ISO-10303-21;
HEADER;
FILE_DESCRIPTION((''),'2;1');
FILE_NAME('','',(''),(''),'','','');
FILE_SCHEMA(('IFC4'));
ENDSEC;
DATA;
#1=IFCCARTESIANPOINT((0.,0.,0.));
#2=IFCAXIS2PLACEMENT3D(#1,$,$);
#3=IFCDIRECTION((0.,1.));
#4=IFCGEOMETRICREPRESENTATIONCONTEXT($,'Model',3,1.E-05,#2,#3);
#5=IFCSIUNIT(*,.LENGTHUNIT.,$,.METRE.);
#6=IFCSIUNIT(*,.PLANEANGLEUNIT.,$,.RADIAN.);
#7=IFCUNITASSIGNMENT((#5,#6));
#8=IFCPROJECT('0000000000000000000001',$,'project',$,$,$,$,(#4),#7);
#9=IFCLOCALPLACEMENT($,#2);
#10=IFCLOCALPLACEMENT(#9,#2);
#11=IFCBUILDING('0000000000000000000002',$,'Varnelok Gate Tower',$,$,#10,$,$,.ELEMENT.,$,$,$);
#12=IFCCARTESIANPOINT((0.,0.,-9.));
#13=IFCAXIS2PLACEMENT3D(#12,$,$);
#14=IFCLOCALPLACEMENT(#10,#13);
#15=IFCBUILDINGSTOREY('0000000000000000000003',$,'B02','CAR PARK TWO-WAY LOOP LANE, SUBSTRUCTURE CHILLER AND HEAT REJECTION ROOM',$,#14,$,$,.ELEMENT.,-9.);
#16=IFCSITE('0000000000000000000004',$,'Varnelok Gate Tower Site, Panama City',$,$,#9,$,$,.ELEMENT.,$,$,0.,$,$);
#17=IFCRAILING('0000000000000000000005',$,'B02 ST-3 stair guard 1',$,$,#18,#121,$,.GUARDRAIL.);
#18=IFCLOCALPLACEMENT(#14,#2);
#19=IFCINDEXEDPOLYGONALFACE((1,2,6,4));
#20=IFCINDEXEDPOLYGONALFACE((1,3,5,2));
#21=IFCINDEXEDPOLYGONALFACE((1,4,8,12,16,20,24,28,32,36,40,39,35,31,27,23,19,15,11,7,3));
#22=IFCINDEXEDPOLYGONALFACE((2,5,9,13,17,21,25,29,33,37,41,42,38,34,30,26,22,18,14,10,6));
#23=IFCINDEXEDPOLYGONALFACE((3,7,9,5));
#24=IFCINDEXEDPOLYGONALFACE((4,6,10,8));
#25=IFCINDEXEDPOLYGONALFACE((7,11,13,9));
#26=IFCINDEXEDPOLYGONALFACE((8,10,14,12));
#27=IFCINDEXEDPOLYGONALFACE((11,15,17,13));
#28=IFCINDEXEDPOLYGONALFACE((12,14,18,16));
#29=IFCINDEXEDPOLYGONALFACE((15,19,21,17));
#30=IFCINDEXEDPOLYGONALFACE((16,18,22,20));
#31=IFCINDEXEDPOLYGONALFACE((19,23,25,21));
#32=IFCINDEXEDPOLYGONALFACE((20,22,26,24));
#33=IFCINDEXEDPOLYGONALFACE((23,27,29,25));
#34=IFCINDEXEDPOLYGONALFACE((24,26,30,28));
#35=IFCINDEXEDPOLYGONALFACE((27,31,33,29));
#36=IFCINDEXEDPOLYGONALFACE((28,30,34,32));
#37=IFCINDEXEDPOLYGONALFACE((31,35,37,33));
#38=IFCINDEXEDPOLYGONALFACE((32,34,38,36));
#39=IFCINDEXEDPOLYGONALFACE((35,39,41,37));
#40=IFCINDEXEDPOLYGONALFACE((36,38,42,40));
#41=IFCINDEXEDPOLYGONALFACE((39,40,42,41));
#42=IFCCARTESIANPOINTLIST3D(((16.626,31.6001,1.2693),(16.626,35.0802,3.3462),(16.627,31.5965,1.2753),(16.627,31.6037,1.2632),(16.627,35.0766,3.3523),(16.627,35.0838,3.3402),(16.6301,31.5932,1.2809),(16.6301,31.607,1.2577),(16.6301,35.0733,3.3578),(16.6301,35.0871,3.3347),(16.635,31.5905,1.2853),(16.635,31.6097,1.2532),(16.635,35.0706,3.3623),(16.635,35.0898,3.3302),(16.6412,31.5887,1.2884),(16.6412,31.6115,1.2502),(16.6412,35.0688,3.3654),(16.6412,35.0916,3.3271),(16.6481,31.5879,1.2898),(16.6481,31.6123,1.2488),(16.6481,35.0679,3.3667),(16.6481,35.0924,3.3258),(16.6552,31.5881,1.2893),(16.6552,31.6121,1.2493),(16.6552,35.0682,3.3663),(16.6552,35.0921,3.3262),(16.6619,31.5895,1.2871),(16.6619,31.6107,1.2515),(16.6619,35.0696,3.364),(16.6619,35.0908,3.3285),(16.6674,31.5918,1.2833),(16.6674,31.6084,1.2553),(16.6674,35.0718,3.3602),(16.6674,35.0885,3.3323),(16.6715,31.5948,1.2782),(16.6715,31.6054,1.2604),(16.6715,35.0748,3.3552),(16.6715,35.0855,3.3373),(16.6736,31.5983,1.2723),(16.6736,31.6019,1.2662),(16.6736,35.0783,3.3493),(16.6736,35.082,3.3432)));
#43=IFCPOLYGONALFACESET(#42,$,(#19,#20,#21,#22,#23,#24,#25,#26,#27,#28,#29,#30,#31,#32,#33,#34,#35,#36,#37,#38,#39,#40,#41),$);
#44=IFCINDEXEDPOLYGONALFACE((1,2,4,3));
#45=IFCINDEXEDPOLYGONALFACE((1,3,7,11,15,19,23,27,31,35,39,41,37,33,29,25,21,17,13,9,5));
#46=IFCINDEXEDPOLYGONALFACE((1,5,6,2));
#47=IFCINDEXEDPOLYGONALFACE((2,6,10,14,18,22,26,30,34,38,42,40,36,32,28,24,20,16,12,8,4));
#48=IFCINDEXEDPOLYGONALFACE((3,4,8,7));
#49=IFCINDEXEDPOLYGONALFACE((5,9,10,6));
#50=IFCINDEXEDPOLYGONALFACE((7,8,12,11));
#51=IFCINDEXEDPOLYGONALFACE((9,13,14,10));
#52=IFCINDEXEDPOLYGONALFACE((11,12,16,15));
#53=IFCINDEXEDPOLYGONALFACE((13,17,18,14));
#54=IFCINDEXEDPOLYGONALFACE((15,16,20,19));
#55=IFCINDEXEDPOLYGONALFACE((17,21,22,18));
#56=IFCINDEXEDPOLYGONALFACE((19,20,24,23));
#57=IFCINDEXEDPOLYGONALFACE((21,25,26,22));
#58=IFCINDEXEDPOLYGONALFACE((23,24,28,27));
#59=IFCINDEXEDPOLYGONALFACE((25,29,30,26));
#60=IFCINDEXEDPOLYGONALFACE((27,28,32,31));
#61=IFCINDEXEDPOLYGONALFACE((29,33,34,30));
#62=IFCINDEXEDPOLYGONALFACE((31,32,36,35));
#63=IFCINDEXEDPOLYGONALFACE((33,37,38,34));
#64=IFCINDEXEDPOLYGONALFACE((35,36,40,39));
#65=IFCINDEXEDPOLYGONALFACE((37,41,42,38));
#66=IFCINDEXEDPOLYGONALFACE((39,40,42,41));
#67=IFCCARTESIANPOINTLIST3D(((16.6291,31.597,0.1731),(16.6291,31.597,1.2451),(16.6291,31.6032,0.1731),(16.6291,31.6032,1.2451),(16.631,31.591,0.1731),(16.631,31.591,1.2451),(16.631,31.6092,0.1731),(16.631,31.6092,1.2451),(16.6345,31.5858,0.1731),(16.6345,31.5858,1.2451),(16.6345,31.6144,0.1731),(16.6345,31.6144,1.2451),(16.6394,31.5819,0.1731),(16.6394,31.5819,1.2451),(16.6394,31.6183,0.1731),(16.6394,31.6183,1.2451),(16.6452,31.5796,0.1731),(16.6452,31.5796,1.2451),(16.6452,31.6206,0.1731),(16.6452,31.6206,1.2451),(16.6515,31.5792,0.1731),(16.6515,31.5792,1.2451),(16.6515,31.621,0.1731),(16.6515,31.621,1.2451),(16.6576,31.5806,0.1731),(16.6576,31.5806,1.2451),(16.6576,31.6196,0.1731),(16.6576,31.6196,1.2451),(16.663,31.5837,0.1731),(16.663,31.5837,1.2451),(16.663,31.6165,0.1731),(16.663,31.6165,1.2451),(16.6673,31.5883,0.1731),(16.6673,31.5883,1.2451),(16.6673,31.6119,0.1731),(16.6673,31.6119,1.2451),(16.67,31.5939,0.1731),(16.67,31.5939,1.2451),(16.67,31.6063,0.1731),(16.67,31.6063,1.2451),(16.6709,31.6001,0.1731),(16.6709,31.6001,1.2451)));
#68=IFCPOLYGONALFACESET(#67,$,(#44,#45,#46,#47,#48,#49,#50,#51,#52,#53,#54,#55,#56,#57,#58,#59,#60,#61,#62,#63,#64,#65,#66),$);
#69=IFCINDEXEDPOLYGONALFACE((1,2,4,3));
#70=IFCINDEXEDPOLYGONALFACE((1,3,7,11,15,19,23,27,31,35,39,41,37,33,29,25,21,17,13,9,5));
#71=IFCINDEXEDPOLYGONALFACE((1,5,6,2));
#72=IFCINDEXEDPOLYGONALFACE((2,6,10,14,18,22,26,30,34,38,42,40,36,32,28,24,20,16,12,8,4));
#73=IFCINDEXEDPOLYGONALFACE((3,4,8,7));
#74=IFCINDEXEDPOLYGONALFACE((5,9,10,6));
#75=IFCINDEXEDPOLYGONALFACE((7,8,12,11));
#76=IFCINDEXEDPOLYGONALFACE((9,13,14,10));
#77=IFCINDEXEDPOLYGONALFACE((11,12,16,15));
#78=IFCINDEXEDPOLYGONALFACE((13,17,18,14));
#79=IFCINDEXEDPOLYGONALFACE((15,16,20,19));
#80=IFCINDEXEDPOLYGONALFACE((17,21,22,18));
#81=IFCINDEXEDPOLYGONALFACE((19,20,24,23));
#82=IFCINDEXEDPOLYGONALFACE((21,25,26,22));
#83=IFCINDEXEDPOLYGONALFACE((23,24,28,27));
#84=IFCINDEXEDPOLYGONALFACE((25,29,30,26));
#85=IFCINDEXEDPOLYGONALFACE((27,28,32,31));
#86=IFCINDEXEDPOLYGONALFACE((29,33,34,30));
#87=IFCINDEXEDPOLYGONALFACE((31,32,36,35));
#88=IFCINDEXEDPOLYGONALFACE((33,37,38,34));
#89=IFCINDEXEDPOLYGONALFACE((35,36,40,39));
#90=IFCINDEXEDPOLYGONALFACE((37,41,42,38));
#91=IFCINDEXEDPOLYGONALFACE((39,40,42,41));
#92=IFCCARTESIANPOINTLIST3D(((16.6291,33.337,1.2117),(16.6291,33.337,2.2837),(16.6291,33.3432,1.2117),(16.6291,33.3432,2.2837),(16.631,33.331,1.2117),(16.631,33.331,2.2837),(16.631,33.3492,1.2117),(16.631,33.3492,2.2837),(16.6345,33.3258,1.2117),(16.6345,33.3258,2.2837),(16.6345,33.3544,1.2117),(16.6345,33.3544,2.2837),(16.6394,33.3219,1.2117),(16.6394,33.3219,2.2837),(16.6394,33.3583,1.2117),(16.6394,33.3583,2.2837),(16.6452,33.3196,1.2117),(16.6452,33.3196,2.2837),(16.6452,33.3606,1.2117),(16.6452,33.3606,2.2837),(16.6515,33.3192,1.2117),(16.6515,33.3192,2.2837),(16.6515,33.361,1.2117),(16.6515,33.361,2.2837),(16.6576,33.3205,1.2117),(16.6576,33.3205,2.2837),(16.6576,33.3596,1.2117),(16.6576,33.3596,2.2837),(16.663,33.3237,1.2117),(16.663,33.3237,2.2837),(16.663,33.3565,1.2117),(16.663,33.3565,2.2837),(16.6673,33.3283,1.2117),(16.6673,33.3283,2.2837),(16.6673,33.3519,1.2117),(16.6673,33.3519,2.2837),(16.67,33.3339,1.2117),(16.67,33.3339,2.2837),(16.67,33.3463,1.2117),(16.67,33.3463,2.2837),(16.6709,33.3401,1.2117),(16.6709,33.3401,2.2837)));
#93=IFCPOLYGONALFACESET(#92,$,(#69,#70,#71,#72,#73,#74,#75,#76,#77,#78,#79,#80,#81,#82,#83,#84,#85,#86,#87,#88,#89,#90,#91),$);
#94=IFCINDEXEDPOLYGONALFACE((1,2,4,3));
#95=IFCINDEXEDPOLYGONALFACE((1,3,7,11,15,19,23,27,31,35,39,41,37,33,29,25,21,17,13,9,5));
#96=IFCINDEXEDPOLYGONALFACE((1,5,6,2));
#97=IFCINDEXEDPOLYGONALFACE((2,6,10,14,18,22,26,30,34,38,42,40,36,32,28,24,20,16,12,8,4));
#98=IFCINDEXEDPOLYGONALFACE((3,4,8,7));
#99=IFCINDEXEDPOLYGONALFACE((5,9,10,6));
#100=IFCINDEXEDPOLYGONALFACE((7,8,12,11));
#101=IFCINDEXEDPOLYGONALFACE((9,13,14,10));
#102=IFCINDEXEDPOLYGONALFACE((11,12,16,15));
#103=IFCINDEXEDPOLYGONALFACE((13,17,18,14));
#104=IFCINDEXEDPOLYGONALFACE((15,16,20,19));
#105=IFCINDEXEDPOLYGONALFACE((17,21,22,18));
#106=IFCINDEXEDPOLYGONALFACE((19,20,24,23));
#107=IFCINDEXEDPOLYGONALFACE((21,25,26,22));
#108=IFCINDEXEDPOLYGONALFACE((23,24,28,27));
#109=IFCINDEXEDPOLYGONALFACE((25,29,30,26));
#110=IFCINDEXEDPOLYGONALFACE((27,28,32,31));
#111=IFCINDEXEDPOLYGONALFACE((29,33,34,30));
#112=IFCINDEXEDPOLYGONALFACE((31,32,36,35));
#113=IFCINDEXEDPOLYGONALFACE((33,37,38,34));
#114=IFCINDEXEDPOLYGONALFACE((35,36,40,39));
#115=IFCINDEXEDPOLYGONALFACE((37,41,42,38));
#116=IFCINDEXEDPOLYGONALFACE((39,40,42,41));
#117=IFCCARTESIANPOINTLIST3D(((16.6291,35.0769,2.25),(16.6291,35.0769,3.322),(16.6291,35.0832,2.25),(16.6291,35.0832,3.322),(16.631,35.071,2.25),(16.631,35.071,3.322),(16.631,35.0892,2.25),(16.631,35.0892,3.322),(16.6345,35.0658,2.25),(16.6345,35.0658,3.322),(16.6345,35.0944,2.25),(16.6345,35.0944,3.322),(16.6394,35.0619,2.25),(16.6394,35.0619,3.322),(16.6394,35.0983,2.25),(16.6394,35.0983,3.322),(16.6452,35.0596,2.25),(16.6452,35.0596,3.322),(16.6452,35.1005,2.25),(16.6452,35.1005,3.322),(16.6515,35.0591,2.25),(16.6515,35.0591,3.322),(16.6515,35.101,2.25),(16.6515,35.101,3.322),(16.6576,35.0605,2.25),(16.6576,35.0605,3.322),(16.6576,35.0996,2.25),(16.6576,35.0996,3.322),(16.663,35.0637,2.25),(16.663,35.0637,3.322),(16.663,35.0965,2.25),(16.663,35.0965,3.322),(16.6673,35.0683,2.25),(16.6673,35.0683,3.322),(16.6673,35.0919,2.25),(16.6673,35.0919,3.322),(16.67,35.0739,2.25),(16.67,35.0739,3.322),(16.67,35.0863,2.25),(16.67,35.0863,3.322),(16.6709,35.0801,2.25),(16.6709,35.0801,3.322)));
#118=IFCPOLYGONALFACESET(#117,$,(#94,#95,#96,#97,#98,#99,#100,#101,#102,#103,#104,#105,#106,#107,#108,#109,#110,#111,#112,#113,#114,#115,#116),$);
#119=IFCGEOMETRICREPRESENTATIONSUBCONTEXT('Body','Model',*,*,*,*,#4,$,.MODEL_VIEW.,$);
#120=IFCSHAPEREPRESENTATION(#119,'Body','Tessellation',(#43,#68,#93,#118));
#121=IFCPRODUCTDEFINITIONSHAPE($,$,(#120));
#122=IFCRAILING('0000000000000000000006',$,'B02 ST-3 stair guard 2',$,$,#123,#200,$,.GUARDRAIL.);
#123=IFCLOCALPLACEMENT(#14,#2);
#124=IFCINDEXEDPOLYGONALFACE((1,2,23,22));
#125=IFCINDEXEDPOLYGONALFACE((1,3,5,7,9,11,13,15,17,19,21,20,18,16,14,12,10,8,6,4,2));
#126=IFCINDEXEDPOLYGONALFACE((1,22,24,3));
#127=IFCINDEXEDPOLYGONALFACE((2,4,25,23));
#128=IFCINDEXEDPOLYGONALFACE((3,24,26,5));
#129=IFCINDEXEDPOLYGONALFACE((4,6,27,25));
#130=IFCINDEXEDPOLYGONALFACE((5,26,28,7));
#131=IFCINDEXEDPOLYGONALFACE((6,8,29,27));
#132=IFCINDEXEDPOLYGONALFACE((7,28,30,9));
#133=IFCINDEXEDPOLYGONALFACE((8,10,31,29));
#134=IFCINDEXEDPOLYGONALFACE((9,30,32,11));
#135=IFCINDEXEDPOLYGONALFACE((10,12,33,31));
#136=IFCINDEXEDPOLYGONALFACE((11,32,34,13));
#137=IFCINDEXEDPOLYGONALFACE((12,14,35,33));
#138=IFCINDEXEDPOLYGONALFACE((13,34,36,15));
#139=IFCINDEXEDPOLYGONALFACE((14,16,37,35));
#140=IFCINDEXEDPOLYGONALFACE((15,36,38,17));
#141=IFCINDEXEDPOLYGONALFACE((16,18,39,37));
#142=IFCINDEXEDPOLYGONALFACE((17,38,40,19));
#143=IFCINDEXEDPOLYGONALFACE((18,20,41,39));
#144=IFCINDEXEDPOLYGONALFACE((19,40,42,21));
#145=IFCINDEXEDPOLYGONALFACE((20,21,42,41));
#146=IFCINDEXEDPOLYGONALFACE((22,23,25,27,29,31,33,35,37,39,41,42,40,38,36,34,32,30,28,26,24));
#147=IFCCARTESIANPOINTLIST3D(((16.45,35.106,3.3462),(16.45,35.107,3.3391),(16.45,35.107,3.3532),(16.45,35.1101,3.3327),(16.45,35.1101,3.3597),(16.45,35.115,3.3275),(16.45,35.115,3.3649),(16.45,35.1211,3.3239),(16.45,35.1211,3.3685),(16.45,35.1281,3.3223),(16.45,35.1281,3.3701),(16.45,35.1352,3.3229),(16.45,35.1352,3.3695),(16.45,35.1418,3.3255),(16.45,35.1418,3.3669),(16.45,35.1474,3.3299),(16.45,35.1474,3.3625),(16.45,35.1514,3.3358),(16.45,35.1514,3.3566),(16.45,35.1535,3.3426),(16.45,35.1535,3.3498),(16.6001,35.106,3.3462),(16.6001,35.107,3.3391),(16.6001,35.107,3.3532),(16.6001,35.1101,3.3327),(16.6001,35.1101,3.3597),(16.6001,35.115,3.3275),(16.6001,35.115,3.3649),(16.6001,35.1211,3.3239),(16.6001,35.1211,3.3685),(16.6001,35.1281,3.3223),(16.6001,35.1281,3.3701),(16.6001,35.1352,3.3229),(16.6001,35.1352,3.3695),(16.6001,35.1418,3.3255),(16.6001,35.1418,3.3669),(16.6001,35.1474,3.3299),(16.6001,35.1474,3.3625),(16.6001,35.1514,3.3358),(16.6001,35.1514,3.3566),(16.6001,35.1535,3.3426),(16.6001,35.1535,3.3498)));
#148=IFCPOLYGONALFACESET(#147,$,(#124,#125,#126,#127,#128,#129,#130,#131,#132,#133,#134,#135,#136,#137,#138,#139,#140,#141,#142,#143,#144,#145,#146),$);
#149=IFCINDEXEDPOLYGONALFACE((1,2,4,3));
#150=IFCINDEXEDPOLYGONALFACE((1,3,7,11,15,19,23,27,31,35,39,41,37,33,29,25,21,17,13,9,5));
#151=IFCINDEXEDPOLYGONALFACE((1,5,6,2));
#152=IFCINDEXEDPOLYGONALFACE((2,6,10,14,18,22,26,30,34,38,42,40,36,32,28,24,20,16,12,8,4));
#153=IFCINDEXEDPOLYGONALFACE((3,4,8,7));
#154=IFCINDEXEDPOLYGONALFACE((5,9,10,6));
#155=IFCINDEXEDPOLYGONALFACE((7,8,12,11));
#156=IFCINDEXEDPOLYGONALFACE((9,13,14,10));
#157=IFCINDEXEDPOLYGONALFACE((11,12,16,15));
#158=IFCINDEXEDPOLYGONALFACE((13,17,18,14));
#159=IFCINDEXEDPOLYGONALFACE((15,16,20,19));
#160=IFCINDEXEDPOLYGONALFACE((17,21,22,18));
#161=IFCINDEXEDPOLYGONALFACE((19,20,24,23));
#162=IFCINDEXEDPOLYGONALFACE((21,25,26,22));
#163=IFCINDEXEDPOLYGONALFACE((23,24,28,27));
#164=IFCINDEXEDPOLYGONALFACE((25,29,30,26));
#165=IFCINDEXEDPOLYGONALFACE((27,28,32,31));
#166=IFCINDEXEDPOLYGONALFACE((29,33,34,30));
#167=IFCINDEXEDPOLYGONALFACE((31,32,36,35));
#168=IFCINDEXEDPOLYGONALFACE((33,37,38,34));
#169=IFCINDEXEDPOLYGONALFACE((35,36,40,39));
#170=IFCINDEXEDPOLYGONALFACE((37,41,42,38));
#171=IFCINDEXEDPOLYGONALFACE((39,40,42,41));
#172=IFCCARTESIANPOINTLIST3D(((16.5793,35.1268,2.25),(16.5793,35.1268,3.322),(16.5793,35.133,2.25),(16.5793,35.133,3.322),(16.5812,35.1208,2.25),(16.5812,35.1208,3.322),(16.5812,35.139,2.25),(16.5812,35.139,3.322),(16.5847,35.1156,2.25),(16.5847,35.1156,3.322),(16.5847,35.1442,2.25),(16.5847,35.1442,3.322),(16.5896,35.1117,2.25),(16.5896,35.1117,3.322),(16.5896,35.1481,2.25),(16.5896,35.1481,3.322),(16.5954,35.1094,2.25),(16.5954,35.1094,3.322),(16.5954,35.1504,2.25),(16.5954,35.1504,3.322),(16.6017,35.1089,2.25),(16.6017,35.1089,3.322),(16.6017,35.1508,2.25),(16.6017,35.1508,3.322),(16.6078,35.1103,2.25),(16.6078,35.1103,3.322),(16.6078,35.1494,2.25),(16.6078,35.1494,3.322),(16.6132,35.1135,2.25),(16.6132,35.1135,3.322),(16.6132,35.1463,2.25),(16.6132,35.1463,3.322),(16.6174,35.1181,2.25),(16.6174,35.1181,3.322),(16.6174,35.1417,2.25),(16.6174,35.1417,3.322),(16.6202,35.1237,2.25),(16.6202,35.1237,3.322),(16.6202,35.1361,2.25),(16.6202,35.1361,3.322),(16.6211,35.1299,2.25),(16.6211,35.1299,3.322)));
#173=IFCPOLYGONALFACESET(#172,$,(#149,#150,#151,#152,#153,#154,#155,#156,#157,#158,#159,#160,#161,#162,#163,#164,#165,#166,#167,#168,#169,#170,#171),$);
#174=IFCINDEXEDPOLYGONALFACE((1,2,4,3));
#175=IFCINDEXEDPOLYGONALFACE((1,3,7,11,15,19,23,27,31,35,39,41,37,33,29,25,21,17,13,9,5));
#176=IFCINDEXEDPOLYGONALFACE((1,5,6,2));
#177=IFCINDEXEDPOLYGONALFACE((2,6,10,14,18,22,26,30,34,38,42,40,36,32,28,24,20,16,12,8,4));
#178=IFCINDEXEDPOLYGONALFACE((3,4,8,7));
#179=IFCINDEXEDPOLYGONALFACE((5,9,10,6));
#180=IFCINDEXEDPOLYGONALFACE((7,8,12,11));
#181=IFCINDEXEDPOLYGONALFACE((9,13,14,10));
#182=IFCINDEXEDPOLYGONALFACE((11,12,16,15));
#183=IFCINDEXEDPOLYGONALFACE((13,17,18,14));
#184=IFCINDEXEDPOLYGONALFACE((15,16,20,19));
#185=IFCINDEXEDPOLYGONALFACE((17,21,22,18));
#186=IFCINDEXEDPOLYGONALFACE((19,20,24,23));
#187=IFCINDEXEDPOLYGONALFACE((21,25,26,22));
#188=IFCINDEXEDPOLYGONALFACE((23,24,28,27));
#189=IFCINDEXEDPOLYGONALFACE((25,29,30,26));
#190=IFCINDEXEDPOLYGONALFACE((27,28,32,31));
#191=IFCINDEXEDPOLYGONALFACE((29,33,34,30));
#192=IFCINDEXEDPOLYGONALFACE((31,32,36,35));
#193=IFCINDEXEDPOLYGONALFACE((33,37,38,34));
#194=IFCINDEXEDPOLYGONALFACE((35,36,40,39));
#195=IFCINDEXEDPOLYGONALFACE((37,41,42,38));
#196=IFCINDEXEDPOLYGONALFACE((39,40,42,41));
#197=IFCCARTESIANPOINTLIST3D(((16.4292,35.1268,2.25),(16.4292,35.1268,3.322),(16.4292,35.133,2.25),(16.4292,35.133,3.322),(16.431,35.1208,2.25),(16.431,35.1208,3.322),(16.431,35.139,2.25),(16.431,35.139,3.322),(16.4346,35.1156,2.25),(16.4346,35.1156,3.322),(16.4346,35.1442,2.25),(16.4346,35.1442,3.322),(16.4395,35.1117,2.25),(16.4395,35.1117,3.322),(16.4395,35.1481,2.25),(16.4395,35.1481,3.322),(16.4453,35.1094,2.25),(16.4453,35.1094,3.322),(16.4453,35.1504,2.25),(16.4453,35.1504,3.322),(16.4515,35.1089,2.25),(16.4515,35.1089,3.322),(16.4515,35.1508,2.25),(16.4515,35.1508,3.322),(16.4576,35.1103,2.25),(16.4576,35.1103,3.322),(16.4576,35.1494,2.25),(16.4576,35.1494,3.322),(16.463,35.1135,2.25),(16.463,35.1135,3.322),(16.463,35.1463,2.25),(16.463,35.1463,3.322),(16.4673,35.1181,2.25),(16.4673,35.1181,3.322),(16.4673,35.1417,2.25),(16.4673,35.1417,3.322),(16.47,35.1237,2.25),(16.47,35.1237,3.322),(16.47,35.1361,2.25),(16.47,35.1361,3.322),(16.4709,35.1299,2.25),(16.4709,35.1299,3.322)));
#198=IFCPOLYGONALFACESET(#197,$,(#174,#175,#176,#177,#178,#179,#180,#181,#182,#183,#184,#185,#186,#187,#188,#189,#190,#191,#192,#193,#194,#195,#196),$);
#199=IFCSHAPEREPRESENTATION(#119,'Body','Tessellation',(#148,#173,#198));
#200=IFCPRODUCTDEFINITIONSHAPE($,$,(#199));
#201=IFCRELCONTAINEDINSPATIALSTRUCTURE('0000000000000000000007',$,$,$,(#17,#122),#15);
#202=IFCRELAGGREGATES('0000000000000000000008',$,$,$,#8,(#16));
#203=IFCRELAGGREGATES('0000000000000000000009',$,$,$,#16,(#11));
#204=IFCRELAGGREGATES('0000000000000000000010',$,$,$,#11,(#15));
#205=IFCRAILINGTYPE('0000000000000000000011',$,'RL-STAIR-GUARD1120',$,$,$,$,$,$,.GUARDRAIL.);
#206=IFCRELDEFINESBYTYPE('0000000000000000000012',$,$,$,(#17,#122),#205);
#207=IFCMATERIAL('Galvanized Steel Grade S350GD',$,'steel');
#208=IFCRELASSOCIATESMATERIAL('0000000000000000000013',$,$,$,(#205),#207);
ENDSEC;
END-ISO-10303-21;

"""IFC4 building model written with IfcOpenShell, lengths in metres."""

from ifc_helpers import new_model, si_unit, direction, frame, origin, origin_2d, place, context, subcontext, project, spatial, circle, extrude, material, type_object, element, save


model = new_model("IFC4")

# Units and contexts
model_context = context("Model", 3, precision=1e-05, world=origin(), true_north=direction((0.0, 1.0)))
body_context = subcontext(model_context, "Body", "Model", "MODEL_VIEW")
ifc_project = project(units=[si_unit("LENGTHUNIT", "METRE"), si_unit("PLANEANGLEUNIT", "RADIAN")], contexts=[model_context])

# Site, building, storey
site_placement = place(None, origin())
site = spatial("IfcSite", under=ifc_project, at=site_placement, Name="Varnelok Gate Tower Site, Panama City", CompositionType="ELEMENT", RefElevation=0.0)
building_placement = place(site_placement, origin())
building = spatial("IfcBuilding", under=site, at=building_placement, Name="Varnelok Gate Tower", CompositionType="ELEMENT")
storey_placement = place(building_placement, frame((0.0, 0.0, -9.0)))
storey = spatial("IfcBuildingStorey", under=building, at=storey_placement, Name="B02", Description="CAR PARK TWO-WAY LOOP LANE, SUBSTRUCTURE CHILLER AND HEAT REJECTION ROOM", CompositionType="ELEMENT", Elevation=-9.0)

# Railings
ifc_material_1 = material(Name="Galvanized Steel Grade S350GD", Category="steel")
railing_type_1 = type_object("IfcRailingType", Name="RL-STAIR-GUARD1120", PredefinedType="GUARDRAIL", material=ifc_material_1)
railing_1_placement = place(storey_placement, frame((16.6499, 31.6001, 0.1731)))
element("IfcRailing", 1, at=railing_1_placement, inside=storey, type_object=railing_type_1, Name="B02 ST-3 stair guard 1", PredefinedType="GUARDRAIL", context=body_context, shape_type="SweptSolid", body=[
    extrude(circle(Radius=0.0239, at=origin_2d()), frame((0.0, 0.0, 1.0962), z_axis=(0.0, 0.858697, 0.512483), x_axis=(-1.0, 0.0, 0.0)), (0.0, 0.0, 1.0), 4.0527),
    extrude(circle(Radius=0.021, at=origin_2d()), origin(), (0.0, 0.0, 1.0), 1.072),
    extrude(circle(Radius=0.021, at=origin_2d()), frame((0.0, 1.74, 1.0386)), (0.0, 0.0, 1.0), 1.072),
    extrude(circle(Radius=0.021, at=origin_2d()), frame((0.0, 3.48, 2.0769)), (0.0, 0.0, 1.0), 1.072),
])
railing_2_placement = place(storey_placement, frame((16.6001, 35.1299, 2.25)))
element("IfcRailing", 2, at=railing_2_placement, inside=storey, type_object=railing_type_1, Name="B02 ST-3 stair guard 2", PredefinedType="GUARDRAIL", context=body_context, shape_type="SweptSolid", body=[
    extrude(circle(Radius=0.0239, at=origin_2d()), frame((0.0, 0.0, 1.0962), z_axis=(-1.0, 0.0, 0.0), x_axis=(0.0, -1.0, 0.0)), (0.0, 0.0, 1.0), 0.1501),
    extrude(circle(Radius=0.021, at=origin_2d()), origin(), (0.0, 0.0, 1.0), 1.072),
    extrude(circle(Radius=0.021, at=origin_2d()), frame((-0.1501, 0.0, 0.0)), (0.0, 0.0, 1.0), 1.072),
])

save(model, "model.ifc")
